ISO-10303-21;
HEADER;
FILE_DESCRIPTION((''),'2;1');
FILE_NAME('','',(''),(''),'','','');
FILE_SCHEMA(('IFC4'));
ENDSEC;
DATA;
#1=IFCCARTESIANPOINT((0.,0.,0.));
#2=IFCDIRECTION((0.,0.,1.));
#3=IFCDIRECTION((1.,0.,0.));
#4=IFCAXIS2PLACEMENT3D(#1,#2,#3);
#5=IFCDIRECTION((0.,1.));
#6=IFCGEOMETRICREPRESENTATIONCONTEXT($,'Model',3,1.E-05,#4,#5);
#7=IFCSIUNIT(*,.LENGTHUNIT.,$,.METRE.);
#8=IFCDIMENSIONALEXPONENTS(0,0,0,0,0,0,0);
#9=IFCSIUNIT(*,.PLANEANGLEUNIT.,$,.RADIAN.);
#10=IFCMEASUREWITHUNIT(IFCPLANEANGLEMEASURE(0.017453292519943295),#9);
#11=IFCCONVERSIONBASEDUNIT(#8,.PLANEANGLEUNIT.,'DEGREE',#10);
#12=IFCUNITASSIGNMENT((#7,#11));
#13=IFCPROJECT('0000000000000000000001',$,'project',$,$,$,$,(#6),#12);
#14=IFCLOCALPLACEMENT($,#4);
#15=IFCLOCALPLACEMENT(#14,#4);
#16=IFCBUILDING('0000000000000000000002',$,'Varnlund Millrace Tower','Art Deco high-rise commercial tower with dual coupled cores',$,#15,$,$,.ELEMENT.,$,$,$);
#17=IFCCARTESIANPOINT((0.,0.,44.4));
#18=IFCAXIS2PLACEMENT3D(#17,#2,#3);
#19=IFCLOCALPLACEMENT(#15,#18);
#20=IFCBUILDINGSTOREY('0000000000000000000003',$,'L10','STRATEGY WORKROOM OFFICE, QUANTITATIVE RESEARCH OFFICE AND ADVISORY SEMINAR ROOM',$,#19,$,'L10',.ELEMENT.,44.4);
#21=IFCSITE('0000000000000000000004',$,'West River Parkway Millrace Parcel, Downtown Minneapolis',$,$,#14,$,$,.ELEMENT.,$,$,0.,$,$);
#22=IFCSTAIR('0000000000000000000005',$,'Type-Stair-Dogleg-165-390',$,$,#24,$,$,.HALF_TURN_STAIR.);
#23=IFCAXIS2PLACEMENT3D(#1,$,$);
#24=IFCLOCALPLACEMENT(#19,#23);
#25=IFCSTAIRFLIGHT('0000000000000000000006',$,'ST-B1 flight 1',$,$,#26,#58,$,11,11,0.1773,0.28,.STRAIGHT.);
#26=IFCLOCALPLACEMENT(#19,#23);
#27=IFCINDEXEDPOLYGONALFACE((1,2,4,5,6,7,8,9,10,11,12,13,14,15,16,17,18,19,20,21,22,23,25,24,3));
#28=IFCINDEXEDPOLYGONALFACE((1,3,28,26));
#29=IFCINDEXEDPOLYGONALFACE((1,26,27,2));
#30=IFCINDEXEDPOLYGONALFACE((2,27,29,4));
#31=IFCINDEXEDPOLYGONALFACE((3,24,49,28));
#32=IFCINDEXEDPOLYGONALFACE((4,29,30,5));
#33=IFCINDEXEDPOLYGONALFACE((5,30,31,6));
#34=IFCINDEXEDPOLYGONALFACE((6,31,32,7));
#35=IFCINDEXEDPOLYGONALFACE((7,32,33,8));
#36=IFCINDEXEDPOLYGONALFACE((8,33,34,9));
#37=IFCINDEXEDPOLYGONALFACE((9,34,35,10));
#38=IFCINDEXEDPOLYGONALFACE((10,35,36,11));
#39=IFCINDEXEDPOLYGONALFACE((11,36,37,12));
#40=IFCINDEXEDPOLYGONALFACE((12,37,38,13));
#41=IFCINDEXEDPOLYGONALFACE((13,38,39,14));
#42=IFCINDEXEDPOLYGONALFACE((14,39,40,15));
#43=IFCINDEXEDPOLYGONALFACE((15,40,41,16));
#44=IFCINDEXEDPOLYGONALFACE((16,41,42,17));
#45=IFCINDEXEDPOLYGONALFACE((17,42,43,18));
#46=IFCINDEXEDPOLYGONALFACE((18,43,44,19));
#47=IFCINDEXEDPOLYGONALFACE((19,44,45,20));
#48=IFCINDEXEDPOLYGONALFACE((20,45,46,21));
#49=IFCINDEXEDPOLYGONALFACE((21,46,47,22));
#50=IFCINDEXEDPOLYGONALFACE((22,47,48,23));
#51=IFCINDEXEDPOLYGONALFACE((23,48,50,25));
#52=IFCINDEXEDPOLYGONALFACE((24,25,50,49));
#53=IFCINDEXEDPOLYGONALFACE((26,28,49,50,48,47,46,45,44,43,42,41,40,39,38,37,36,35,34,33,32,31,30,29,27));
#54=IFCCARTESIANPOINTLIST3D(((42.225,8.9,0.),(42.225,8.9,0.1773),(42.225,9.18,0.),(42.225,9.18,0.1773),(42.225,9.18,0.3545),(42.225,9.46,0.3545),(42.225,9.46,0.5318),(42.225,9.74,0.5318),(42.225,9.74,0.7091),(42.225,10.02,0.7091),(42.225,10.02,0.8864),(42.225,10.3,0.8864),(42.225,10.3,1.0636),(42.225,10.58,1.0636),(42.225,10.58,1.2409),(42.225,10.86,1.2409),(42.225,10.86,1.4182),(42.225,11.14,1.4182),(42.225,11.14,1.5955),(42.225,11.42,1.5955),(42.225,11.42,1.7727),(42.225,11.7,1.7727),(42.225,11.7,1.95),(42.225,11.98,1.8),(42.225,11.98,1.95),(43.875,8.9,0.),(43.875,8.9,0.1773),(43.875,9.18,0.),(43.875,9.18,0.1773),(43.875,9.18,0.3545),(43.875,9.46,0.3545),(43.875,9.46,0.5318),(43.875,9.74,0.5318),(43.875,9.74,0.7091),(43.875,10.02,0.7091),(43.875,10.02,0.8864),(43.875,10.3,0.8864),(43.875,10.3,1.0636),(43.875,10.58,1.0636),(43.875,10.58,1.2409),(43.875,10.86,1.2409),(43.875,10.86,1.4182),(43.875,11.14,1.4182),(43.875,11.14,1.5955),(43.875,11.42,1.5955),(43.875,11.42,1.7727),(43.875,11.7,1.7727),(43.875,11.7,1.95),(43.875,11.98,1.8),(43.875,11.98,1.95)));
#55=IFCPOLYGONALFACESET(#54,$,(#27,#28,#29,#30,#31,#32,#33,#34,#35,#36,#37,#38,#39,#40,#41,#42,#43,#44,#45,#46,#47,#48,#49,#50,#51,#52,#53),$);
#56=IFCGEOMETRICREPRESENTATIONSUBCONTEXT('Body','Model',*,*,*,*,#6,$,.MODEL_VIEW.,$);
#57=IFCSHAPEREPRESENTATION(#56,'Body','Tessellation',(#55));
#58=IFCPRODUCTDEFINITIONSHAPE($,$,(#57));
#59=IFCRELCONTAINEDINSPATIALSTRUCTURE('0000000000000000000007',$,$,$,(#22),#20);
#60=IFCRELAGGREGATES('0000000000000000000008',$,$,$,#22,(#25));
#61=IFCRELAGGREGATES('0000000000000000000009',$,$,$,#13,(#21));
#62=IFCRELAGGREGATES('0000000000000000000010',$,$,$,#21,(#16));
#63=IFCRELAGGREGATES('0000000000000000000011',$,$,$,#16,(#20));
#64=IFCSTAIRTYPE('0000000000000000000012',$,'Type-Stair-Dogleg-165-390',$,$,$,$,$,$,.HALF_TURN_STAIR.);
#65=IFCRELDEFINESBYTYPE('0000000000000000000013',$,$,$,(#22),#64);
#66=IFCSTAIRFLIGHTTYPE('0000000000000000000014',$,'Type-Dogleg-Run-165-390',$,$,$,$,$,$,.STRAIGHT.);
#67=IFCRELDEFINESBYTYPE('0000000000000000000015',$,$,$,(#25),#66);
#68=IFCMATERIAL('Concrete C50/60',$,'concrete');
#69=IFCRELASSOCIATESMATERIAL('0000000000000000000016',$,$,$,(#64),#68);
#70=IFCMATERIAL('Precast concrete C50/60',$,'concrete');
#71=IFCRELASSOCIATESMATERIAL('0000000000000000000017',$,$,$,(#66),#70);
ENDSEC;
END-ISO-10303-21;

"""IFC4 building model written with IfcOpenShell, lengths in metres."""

from ifc_helpers import new_model, entity, si_unit, converted_unit, direction, frame, origin_with_axes, place, context, subcontext, project, spatial, polyline, outline, extrude, material, type_object, element, aggregate, save


model = new_model("IFC4")

# Units and contexts
model_context = context("Model", 3, precision=1e-05, world=origin_with_axes(), true_north=direction((0.0, 1.0)))
body_context = subcontext(model_context, "Body", "Model", "MODEL_VIEW")
ifc_project = project(units=[si_unit("LENGTHUNIT", "METRE"), converted_unit("PLANEANGLEUNIT", "DEGREE", entity("IfcPlaneAngleMeasure", 0.017453292519943295), si_unit("PLANEANGLEUNIT", "RADIAN"), dimensions=[0, 0, 0, 0, 0, 0, 0])], contexts=[model_context])

# Site, building, storey
site_placement = place(None, origin_with_axes())
site = spatial("IfcSite", under=ifc_project, at=site_placement, Name="West River Parkway Millrace Parcel, Downtown Minneapolis", CompositionType="ELEMENT", RefElevation=0.0)
building_placement = place(site_placement, origin_with_axes())
building = spatial("IfcBuilding", under=site, at=building_placement, Name="Varnlund Millrace Tower", Description="Art Deco high-rise commercial tower with dual coupled cores", CompositionType="ELEMENT")
storey_placement = place(building_placement, frame((0.0, 0.0, 44.4), z_axis=(0.0, 0.0, 1.0), x_axis=(1.0, 0.0, 0.0)))
storey = spatial("IfcBuildingStorey", under=building, at=storey_placement, Name="L10", Description="STRATEGY WORKROOM OFFICE, QUANTITATIVE RESEARCH OFFICE AND ADVISORY SEMINAR ROOM", LongName="L10", CompositionType="ELEMENT", Elevation=44.4)

# Stair, stair flight
ifc_material_1 = material(Name="Concrete C50/60", Category="concrete")
stair_type = type_object("IfcStairType", Name="Type-Stair-Dogleg-165-390", PredefinedType="HALF_TURN_STAIR", material=ifc_material_1)
stair_placement = place(storey_placement, origin_with_axes())
stair = element("IfcStair", 1, at=stair_placement, inside=storey, type_object=stair_type, Name="Type-Stair-Dogleg-165-390", PredefinedType="HALF_TURN_STAIR")
ifc_material_2 = material(Name="Precast concrete C50/60", Category="concrete")
stair_flight_type = type_object("IfcStairFlightType", Name="Type-Dogleg-Run-165-390", PredefinedType="STRAIGHT", material=ifc_material_2)
stair_flight_placement = place(storey_placement, frame((42.225, 8.9, 0.0), z_axis=(1.0, 0.0, 0.0), x_axis=(0.0, 1.0, 0.0)))
stair_flight = element("IfcStairFlight", 2, at=stair_flight_placement, type_object=stair_flight_type, Name="ST-B1 flight 1", NumberOfRisers=11, NumberOfTreads=11, PredefinedType="STRAIGHT", RiserHeight=0.1773, TreadLength=0.28, context=body_context, shape_type="SweptSolid", body=[
    extrude(outline(polyline([(0.0, 0.0), (0.0, 0.1773), (0.28, 0.1773), (0.28, 0.3545), (0.56, 0.3545), (0.56, 0.5318), (0.84, 0.5318), (0.84, 0.7091), (1.12, 0.7091), (1.12, 0.8864), (1.4, 0.8864), (1.4, 1.0636), (1.68, 1.0636), (1.68, 1.2409), (1.96, 1.2409), (1.96, 1.4182), (2.24, 1.4182), (2.24, 1.5955), (2.52, 1.5955), (2.52, 1.7727), (2.8, 1.7727), (2.8, 1.95), (3.08, 1.95), (3.08, 1.8), (0.28, 0.0), (0.0, 0.0)])), origin_with_axes(), (0.0, 0.0, 1.0), 1.65),
])
aggregate(stair, [stair_flight])

save(model, "model.ifc")
